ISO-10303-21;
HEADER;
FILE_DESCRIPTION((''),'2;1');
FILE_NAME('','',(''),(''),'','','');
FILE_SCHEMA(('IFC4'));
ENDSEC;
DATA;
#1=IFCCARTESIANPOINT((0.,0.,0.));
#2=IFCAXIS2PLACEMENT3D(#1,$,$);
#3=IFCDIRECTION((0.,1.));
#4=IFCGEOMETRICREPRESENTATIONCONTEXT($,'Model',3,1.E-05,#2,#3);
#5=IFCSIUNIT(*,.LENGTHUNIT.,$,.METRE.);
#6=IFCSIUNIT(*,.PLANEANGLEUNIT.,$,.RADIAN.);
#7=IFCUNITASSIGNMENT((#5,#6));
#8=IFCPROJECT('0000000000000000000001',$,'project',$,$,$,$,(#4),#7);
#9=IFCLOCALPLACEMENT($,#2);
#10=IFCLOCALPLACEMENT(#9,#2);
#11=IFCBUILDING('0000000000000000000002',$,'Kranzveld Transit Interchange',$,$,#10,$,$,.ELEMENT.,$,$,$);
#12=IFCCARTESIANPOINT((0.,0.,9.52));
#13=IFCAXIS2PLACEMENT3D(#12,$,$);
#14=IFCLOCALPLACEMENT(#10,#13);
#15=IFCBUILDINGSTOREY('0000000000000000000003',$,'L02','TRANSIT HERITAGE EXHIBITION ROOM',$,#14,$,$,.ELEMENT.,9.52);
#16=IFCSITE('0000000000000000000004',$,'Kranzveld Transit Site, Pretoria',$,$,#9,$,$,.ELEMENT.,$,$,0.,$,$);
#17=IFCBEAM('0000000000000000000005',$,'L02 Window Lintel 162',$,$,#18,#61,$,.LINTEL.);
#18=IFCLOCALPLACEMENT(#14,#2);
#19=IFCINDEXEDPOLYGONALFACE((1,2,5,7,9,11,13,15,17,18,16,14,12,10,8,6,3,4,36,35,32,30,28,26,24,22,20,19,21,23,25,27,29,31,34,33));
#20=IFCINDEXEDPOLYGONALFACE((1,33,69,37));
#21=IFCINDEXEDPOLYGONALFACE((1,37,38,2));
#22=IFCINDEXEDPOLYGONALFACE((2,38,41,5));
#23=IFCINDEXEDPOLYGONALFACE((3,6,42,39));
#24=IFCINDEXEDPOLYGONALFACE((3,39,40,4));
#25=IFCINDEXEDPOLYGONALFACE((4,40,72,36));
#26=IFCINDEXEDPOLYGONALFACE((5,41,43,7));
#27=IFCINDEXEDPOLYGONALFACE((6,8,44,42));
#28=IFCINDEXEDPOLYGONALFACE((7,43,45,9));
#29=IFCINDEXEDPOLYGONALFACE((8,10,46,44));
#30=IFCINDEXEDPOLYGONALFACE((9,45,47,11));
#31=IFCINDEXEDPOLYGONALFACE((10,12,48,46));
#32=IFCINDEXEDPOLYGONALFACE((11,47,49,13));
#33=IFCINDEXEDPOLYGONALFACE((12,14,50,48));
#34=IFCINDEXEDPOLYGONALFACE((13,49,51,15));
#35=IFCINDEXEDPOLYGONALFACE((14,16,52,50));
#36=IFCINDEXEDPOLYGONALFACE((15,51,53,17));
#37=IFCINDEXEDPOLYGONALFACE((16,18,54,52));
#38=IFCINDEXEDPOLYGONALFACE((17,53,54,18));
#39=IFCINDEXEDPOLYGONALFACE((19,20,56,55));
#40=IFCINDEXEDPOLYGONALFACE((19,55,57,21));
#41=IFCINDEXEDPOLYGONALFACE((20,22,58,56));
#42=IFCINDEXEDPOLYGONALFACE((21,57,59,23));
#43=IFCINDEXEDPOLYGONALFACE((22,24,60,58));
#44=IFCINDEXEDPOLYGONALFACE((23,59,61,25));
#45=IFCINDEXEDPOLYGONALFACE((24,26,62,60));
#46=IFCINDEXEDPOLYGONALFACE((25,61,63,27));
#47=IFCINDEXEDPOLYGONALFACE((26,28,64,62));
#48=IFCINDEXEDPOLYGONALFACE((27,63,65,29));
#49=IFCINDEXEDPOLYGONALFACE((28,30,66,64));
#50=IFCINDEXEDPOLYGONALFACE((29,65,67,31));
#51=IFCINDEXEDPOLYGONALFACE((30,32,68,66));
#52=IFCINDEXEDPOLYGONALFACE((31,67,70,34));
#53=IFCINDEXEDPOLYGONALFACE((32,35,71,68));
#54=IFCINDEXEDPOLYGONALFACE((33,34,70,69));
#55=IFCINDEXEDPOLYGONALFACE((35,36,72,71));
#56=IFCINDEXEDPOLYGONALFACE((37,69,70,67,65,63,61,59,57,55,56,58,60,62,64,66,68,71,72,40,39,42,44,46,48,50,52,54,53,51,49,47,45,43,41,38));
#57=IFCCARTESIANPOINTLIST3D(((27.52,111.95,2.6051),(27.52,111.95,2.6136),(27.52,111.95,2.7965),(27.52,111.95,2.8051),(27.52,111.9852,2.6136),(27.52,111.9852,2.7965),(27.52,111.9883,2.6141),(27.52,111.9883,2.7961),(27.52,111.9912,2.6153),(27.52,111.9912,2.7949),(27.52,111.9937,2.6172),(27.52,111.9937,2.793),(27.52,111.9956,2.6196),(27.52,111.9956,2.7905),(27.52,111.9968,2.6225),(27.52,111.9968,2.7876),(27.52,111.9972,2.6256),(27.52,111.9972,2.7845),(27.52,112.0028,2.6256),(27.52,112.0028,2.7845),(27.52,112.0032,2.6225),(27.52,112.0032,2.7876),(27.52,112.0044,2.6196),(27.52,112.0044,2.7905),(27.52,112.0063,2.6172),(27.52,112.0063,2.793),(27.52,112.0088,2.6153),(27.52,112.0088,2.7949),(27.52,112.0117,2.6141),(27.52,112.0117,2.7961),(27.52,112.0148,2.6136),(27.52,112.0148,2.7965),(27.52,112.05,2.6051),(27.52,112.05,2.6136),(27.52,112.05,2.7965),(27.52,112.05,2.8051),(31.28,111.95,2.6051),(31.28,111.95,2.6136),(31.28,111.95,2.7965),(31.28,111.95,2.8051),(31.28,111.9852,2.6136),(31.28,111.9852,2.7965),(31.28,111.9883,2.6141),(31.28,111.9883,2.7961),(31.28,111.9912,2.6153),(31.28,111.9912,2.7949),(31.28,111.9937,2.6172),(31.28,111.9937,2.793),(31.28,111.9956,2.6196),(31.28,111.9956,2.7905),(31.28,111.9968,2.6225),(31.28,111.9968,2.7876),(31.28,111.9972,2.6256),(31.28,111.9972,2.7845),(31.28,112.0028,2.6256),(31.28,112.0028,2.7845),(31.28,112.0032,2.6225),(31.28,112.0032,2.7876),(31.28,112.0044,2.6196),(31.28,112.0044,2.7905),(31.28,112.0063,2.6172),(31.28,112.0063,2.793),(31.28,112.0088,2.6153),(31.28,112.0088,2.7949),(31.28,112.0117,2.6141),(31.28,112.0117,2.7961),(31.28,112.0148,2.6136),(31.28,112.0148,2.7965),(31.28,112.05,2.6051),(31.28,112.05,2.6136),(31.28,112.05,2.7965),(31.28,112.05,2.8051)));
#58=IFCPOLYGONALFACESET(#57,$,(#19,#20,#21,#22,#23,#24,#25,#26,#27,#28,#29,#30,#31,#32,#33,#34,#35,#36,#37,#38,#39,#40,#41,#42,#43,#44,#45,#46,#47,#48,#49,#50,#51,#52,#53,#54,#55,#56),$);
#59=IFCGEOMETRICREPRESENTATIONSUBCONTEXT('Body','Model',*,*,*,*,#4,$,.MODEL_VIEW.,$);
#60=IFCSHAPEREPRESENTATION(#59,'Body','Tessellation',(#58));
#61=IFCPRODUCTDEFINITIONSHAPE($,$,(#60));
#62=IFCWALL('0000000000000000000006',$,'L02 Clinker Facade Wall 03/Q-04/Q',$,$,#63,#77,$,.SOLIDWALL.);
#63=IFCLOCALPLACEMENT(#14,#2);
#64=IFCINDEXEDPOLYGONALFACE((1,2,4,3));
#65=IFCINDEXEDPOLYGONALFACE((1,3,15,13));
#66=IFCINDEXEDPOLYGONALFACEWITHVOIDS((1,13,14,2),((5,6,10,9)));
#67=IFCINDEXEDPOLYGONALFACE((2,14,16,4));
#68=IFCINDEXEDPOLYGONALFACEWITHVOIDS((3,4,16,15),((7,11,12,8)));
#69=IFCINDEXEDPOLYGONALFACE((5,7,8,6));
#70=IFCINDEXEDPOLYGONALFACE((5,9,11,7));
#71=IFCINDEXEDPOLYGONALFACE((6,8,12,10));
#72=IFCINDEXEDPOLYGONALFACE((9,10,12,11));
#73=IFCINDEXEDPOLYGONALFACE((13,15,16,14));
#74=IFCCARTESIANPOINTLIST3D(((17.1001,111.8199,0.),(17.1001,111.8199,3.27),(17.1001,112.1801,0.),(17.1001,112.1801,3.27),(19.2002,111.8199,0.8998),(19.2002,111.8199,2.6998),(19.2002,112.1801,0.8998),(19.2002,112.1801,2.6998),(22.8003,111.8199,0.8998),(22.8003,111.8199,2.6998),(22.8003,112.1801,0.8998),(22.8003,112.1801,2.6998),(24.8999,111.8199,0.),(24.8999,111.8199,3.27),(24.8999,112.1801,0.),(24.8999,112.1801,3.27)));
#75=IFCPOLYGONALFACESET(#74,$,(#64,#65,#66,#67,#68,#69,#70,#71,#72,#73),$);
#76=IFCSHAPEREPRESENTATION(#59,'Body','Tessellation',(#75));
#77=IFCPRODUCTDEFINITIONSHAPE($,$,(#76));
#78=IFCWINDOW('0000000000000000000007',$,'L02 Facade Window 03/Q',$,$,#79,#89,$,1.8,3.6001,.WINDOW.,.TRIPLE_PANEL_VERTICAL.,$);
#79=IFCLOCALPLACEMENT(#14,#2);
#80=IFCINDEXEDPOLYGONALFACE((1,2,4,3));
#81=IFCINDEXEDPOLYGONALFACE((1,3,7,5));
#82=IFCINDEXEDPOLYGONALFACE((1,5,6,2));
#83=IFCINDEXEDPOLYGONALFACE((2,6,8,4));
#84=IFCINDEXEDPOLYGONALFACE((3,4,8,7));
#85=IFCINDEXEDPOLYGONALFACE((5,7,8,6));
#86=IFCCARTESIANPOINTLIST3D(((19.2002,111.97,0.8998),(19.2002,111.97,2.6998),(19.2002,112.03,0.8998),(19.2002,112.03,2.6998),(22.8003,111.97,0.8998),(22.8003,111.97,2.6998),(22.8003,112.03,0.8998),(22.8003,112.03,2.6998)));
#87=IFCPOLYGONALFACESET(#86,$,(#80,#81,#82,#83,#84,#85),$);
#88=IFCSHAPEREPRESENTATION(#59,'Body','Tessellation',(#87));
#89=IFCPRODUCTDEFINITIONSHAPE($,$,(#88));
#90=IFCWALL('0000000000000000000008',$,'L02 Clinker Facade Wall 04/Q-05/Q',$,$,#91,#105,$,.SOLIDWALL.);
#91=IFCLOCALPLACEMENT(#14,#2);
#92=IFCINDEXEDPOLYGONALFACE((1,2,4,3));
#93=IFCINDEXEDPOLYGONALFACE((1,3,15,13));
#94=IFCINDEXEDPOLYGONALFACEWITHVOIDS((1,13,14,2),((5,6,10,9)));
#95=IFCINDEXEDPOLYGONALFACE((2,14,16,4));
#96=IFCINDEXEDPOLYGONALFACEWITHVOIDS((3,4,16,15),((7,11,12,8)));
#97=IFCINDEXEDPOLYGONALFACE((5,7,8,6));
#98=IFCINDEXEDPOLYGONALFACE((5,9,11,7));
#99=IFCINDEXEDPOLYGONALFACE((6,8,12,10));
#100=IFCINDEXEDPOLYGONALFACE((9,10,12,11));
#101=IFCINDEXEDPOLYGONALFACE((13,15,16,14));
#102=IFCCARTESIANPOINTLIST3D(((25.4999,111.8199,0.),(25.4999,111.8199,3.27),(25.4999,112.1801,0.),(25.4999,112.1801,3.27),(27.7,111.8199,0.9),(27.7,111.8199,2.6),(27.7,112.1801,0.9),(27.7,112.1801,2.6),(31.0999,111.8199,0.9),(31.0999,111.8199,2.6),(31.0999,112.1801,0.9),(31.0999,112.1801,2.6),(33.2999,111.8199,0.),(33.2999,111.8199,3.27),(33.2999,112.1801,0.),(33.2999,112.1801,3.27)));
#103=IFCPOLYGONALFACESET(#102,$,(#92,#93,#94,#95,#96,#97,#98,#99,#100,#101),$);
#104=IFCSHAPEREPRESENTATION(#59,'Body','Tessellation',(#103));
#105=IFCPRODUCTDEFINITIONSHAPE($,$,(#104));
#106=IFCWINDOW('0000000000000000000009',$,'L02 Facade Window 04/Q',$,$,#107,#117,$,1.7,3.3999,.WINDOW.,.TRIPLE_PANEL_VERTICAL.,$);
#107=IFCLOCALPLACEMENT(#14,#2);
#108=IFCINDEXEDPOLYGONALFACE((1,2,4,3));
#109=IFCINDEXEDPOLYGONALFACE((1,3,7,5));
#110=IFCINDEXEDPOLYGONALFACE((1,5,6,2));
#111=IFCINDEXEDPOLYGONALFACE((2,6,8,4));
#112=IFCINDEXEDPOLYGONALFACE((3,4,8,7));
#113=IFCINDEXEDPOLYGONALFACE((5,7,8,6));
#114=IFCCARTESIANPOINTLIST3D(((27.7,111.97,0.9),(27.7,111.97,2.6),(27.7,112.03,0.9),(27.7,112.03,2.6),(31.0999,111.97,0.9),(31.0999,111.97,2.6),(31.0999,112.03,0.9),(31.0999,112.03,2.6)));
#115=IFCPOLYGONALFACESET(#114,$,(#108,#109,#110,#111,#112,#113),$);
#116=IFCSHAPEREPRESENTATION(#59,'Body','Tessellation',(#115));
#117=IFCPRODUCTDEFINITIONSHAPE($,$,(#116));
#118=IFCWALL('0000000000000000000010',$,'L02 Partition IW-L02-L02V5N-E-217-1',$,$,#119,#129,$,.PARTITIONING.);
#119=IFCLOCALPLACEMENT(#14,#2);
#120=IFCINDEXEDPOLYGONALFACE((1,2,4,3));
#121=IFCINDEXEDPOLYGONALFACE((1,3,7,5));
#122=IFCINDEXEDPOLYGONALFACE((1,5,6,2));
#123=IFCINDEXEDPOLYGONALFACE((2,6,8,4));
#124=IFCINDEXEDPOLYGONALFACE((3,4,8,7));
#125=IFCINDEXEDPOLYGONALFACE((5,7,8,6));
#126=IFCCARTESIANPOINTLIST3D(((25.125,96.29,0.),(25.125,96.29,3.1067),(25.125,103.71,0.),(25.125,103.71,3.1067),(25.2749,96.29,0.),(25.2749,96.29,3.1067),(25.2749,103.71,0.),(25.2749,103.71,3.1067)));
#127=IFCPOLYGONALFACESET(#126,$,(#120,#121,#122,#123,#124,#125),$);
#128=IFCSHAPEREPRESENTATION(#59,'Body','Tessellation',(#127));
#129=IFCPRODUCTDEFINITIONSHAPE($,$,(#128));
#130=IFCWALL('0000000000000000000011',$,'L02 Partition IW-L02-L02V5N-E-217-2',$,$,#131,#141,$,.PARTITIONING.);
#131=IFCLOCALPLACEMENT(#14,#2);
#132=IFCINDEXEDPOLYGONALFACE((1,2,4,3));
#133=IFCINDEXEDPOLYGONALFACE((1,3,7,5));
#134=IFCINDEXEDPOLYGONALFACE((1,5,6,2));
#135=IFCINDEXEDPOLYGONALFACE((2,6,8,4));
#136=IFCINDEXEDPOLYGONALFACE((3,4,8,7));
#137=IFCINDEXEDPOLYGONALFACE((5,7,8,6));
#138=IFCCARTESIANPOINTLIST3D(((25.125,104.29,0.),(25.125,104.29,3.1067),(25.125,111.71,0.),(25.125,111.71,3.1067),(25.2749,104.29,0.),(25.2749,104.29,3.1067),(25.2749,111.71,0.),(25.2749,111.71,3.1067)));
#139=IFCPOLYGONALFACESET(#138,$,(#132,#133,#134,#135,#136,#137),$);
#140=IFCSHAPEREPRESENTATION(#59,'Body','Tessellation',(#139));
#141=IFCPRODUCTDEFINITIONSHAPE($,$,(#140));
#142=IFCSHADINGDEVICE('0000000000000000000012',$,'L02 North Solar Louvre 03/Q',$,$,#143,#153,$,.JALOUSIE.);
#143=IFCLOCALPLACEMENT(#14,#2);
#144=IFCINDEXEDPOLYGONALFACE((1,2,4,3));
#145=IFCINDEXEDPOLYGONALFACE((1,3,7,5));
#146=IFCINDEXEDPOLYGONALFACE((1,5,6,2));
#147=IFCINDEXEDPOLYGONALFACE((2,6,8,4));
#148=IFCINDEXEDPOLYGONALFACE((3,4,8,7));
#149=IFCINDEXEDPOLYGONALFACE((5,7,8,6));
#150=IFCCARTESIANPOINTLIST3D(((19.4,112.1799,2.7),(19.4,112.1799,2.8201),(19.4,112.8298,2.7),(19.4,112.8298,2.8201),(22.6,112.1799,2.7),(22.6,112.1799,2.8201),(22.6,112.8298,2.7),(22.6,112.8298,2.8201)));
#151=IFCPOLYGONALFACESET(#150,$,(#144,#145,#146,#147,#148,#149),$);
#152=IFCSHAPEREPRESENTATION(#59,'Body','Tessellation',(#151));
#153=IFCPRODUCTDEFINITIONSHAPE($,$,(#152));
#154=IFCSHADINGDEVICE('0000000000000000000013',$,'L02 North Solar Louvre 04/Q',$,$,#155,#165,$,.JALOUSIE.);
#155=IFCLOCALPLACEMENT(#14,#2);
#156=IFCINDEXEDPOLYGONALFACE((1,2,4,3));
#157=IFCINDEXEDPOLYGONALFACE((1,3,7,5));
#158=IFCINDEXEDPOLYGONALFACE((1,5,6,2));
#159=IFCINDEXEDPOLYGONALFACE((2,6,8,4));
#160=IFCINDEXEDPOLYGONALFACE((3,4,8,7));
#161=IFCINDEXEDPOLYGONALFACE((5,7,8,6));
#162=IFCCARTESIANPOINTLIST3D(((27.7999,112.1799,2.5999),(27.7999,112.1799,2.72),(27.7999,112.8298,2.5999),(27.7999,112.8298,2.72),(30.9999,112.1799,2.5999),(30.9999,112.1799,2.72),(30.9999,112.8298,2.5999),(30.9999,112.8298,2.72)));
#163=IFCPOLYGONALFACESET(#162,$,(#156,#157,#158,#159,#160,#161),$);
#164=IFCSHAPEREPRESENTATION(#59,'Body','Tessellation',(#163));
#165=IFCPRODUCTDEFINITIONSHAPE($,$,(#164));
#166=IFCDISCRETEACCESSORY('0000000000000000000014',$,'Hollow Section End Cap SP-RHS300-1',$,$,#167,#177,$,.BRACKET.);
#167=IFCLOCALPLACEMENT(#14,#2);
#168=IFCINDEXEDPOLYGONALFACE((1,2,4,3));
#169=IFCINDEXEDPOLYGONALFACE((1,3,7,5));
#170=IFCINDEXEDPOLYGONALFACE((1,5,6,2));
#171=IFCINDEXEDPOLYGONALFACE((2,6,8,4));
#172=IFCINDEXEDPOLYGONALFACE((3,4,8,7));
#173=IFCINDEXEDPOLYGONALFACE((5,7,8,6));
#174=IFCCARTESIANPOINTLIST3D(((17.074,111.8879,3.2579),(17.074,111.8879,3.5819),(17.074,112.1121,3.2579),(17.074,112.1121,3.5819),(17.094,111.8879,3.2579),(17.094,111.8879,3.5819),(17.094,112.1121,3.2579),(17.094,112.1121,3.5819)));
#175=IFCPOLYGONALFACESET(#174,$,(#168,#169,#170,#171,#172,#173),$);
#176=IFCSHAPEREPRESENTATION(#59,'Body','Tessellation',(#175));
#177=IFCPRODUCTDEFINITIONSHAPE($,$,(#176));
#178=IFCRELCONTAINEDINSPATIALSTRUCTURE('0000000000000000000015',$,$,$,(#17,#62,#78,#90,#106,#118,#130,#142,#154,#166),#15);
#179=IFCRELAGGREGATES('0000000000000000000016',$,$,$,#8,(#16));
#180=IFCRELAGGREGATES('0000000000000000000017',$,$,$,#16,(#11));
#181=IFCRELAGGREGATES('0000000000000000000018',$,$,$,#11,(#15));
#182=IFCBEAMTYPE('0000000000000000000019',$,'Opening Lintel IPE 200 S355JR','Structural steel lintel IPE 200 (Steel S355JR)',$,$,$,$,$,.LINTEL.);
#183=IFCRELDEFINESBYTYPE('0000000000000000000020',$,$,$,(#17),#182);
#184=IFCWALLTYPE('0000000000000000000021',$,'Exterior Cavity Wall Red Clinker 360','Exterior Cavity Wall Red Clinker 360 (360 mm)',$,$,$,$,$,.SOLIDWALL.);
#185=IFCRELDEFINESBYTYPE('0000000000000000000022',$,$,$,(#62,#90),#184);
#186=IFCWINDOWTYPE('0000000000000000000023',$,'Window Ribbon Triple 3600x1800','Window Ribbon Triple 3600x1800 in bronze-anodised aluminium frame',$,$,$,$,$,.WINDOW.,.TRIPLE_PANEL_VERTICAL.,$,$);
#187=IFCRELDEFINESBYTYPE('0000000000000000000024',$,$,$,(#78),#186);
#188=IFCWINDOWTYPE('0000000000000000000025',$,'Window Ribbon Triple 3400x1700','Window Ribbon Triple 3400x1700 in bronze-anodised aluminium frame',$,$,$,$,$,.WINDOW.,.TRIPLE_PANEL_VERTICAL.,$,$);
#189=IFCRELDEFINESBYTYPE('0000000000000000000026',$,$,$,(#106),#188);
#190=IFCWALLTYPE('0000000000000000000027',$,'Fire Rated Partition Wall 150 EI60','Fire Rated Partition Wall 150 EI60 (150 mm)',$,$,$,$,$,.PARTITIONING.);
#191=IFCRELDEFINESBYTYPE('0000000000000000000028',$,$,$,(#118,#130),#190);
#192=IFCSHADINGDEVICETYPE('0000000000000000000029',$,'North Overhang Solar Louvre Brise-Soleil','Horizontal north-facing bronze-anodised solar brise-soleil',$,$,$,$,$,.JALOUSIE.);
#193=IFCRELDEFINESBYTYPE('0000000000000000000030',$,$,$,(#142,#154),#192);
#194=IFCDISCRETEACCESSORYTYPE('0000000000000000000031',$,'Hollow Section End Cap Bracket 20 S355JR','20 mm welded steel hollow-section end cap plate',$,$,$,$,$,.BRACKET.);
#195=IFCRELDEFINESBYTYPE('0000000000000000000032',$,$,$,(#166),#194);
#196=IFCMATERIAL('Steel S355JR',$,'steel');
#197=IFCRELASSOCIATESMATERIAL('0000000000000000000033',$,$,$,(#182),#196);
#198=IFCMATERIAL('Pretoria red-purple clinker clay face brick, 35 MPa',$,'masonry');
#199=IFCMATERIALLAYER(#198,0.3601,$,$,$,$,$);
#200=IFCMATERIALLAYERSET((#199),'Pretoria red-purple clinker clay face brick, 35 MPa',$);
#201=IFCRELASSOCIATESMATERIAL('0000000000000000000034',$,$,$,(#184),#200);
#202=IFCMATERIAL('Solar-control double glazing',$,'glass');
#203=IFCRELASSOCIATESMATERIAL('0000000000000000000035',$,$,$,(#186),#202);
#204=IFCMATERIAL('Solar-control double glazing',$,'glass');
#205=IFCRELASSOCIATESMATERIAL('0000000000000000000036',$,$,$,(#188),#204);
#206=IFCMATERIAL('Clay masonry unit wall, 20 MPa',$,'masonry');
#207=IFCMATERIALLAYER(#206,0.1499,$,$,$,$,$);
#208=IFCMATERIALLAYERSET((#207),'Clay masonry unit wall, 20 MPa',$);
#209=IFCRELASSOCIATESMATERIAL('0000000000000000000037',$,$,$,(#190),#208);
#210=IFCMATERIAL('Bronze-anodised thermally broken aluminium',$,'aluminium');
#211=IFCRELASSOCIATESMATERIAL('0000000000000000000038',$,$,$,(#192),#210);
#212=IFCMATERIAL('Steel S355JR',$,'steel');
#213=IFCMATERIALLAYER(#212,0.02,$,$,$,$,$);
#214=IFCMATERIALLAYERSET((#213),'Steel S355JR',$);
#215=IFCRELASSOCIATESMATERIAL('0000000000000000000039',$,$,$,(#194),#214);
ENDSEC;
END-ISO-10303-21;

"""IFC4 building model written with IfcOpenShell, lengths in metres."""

from ifc_helpers import new_model, si_unit, direction, frame, frame_2d, origin, origin_2d, place, context, subcontext, project, spatial, rectangle, i_section, extrude, material, layer, layer_set, material_profile, profile_set, type_object, element, fill, save


model = new_model("IFC4")

# Units and contexts
model_context = context("Model", 3, precision=1e-05, world=origin(), true_north=direction((0.0, 1.0)))
body_context = subcontext(model_context, "Body", "Model", "MODEL_VIEW")
ifc_project = project(units=[si_unit("LENGTHUNIT", "METRE"), si_unit("PLANEANGLEUNIT", "RADIAN")], contexts=[model_context])

# Site, building, storey
site_placement = place(None, origin())
site = spatial("IfcSite", under=ifc_project, at=site_placement, Name="Kranzveld Transit Site, Pretoria", CompositionType="ELEMENT", RefElevation=0.0)
building_placement = place(site_placement, origin())
building = spatial("IfcBuilding", under=site, at=building_placement, Name="Kranzveld Transit Interchange", CompositionType="ELEMENT")
storey_placement = place(building_placement, frame((0.0, 0.0, 9.52)))
storey = spatial("IfcBuildingStorey", under=building, at=storey_placement, Name="L02", Description="TRANSIT HERITAGE EXHIBITION ROOM", CompositionType="ELEMENT", Elevation=9.52)

# Beam
ifc_material_1 = material(Name="Steel S355JR", Category="steel")
ifc_material_profile_1 = material_profile(ifc_material_1, i_section(OverallWidth=0.1001, OverallDepth=0.2, WebThickness=0.0056, FlangeThickness=0.0085, FilletRadius=0.012, at=origin_2d()), Name="IPE 200")
ifc_profile_set_1 = profile_set([ifc_material_profile_1], Name="Steel S355JR")
beam_type_1 = type_object("IfcBeamType", Name="Opening Lintel IPE 200 S355JR", Description="Structural steel lintel IPE 200 (Steel S355JR)", PredefinedType="LINTEL", material=ifc_profile_set_1)
beam_1_placement = place(storey_placement, frame((27.52, 112.0, 2.7051), z_axis=(1.0, 0.0, 0.0), x_axis=(0.0, 1.0, 0.0)))
element("IfcBeam", 1, at=beam_1_placement, inside=storey, type_object=beam_type_1, Name="L02 Window Lintel 162", PredefinedType="LINTEL", context=body_context, shape_type="SweptSolid", body=[
    extrude(i_section(OverallWidth=0.1001, OverallDepth=0.2, WebThickness=0.0056, FlangeThickness=0.0085, FilletRadius=0.012, at=origin_2d()), origin(), (0.0, 0.0, 1.0), 3.76),
])

# Walls, openings, windows
ifc_material_2 = material(Name="Pretoria red-purple clinker clay face brick, 35 MPa", Category="masonry")
ifc_layer_1 = layer(ifc_material_2, 0.3601)
ifc_layer_set_1 = layer_set([ifc_layer_1], Name="Pretoria red-purple clinker clay face brick, 35 MPa")
wall_type_1 = type_object("IfcWallType", Name="Exterior Cavity Wall Red Clinker 360", Description="Exterior Cavity Wall Red Clinker 360 (360 mm)", PredefinedType="SOLIDWALL", material=ifc_layer_set_1)
wall_1_placement = place(storey_placement, frame((17.1001, 112.0, 0.0), z_axis=(0.0, 0.0, 1.0), x_axis=(1.0, 0.0, 0.0)))
wall_1 = element("IfcWall", 2, at=wall_1_placement, inside=storey, type_object=wall_type_1, Name="L02 Clinker Facade Wall 03/Q-04/Q", PredefinedType="SOLIDWALL", context=body_context, shape_type="SweptSolid", body=[
    extrude(rectangle(XDim=7.7998, YDim=0.3601, at=frame_2d((3.8999, 0.0))), origin(), (0.0, 0.0, 1.0), 3.27),
])
opening_1_placement = place(wall_1_placement, frame((2.1001, 0.0, 0.8999), z_axis=(0.0, 0.0, 1.0), x_axis=(1.0, 0.0, 0.0)))
opening_1 = element("IfcOpeningElement", 3, at=opening_1_placement, cuts=wall_1, PredefinedType="OPENING", context=body_context, shape_type="SweptSolid", body=[
    extrude(rectangle(XDim=3.6001, YDim=1.8, at=frame_2d((1.8, 0.8999))), frame((0.0, 0.1899, 0.0), z_axis=(0.0, -1.0, 0.0), x_axis=(1.0, 0.0, 0.0)), (0.0, 0.0, 1.0), 0.3801),
])
ifc_material_3 = material(Name="Solar-control double glazing", Category="glass")
window_type_1 = type_object("IfcWindowType", Name="Window Ribbon Triple 3600x1800", Description="Window Ribbon Triple 3600x1800 in bronze-anodised aluminium frame", PartitioningType="TRIPLE_PANEL_VERTICAL", PredefinedType="WINDOW", material=ifc_material_3)
window_1_placement = place(opening_1_placement, origin())
window_1 = element("IfcWindow", 4, at=window_1_placement, inside=storey, type_object=window_type_1, Name="L02 Facade Window 03/Q", OverallHeight=1.8, OverallWidth=3.6001, PartitioningType="TRIPLE_PANEL_VERTICAL", PredefinedType="WINDOW", context=body_context, shape_type="SweptSolid", body=[
    extrude(rectangle(XDim=3.6001, YDim=1.8, at=frame_2d((1.8, 0.8999))), frame((0.0, 0.03, 0.0), z_axis=(0.0, -1.0, 0.0), x_axis=(1.0, 0.0, 0.0)), (0.0, 0.0, 1.0), 0.0601),
])
fill(opening_1, window_1)
wall_2_placement = place(storey_placement, frame((25.5, 112.0, 0.0), z_axis=(0.0, 0.0, 1.0), x_axis=(1.0, 0.0, 0.0)))
wall_2 = element("IfcWall", 5, at=wall_2_placement, inside=storey, type_object=wall_type_1, Name="L02 Clinker Facade Wall 04/Q-05/Q", PredefinedType="SOLIDWALL", context=body_context, shape_type="SweptSolid", body=[
    extrude(rectangle(XDim=7.8, YDim=0.3601, at=frame_2d((3.8999, 0.0))), origin(), (0.0, 0.0, 1.0), 3.27),
])
opening_2_placement = place(wall_2_placement, frame((2.2, 0.0, 0.8999), z_axis=(0.0, 0.0, 1.0), x_axis=(1.0, 0.0, 0.0)))
opening_2 = element("IfcOpeningElement", 6, at=opening_2_placement, cuts=wall_2, PredefinedType="OPENING", context=body_context, shape_type="SweptSolid", body=[
    extrude(rectangle(XDim=3.3999, YDim=1.7, at=frame_2d((1.7, 0.8501))), frame((0.0, 0.1899, 0.0), z_axis=(0.0, -1.0, 0.0), x_axis=(1.0, 0.0, 0.0)), (0.0, 0.0, 1.0), 0.3801),
])
ifc_material_4 = material(Name="Solar-control double glazing", Category="glass")
window_type_2 = type_object("IfcWindowType", Name="Window Ribbon Triple 3400x1700", Description="Window Ribbon Triple 3400x1700 in bronze-anodised aluminium frame", PartitioningType="TRIPLE_PANEL_VERTICAL", PredefinedType="WINDOW", material=ifc_material_4)
window_2_placement = place(opening_2_placement, origin())
window_2 = element("IfcWindow", 7, at=window_2_placement, inside=storey, type_object=window_type_2, Name="L02 Facade Window 04/Q", OverallHeight=1.7, OverallWidth=3.3999, PartitioningType="TRIPLE_PANEL_VERTICAL", PredefinedType="WINDOW", context=body_context, shape_type="SweptSolid", body=[
    extrude(rectangle(XDim=3.3999, YDim=1.7, at=frame_2d((1.7, 0.8501))), frame((0.0, 0.03, 0.0), z_axis=(0.0, -1.0, 0.0), x_axis=(1.0, 0.0, 0.0)), (0.0, 0.0, 1.0), 0.0601),
])
fill(opening_2, window_2)

# Walls
ifc_material_5 = material(Name="Clay masonry unit wall, 20 MPa", Category="masonry")
ifc_layer_2 = layer(ifc_material_5, 0.1499)
ifc_layer_set_2 = layer_set([ifc_layer_2], Name="Clay masonry unit wall, 20 MPa")
wall_type_2 = type_object("IfcWallType", Name="Fire Rated Partition Wall 150 EI60", Description="Fire Rated Partition Wall 150 EI60 (150 mm)", PredefinedType="PARTITIONING", material=ifc_layer_set_2)
for number, where, z_axis, x_axis, name in (
    (8, (25.2, 96.29, 0.0), (0.0, 0.0, 1.0), (0.0, 1.0, 0.0), "L02 Partition IW-L02-L02V5N-E-217-1"),
    (9, (25.2, 104.29, 0.0), (0.0, 0.0, 1.0), (0.0, 1.0, 0.0), "L02 Partition IW-L02-L02V5N-E-217-2"),
):
    element("IfcWall", number, at=place(storey_placement, frame(where, z_axis=z_axis, x_axis=x_axis)), inside=storey, type_object=wall_type_2, Name=name, PredefinedType="PARTITIONING", context=body_context, shape_type="SweptSolid", body=[
        extrude(rectangle(XDim=7.4199, YDim=0.1499, at=frame_2d((3.71, 0.0))), origin(), (0.0, 0.0, 1.0), 3.1067),
    ])

# Shading devices
ifc_material_6 = material(Name="Bronze-anodised thermally broken aluminium", Category="aluminium")
shading_device_type = type_object("IfcShadingDeviceType", Name="North Overhang Solar Louvre Brise-Soleil", Description="Horizontal north-facing bronze-anodised solar brise-soleil", PredefinedType="JALOUSIE", material=ifc_material_6)
for number, where, z_axis, x_axis, name in (
    (10, (21.0, 112.5049, 2.7), (0.0, 0.0, 1.0), (1.0, 0.0, 0.0), "L02 North Solar Louvre 03/Q"),
    (11, (29.3999, 112.5049, 2.5999), (0.0, 0.0, 1.0), (1.0, 0.0, 0.0), "L02 North Solar Louvre 04/Q"),
):
    element("IfcShadingDevice", number, at=place(storey_placement, frame(where, z_axis=z_axis, x_axis=x_axis)), inside=storey, type_object=shading_device_type, Name=name, PredefinedType="JALOUSIE", context=body_context, shape_type="SweptSolid", body=[
        extrude(rectangle(XDim=3.2, YDim=0.6499, at=origin_2d()), origin(), (0.0, 0.0, 1.0), 0.1201),
    ])

# Discrete accessory
ifc_material_7 = material(Name="Steel S355JR", Category="steel")
ifc_layer_3 = layer(ifc_material_7, 0.02)
ifc_layer_set_3 = layer_set([ifc_layer_3], Name="Steel S355JR")
discrete_accessory_type = type_object("IfcDiscreteAccessoryType", Name="Hollow Section End Cap Bracket 20 S355JR", Description="20 mm welded steel hollow-section end cap plate", PredefinedType="BRACKET", material=ifc_layer_set_3)
for number, where, z_axis, x_axis, name in (
    (12, (17.094, 112.0, 3.4199), (-1.0, 0.0, 0.0), (0.0, -1.0, 0.0), "Hollow Section End Cap SP-RHS300-1"),
):
    element("IfcDiscreteAccessory", number, at=place(storey_placement, frame(where, z_axis=z_axis, x_axis=x_axis)), inside=storey, type_object=discrete_accessory_type, Name=name, PredefinedType="BRACKET", context=body_context, shape_type="SweptSolid", body=[
        extrude(rectangle(XDim=0.2241, YDim=0.324, at=origin_2d()), origin(), (0.0, 0.0, 1.0), 0.02),
    ])

save(model, "model.ifc")
